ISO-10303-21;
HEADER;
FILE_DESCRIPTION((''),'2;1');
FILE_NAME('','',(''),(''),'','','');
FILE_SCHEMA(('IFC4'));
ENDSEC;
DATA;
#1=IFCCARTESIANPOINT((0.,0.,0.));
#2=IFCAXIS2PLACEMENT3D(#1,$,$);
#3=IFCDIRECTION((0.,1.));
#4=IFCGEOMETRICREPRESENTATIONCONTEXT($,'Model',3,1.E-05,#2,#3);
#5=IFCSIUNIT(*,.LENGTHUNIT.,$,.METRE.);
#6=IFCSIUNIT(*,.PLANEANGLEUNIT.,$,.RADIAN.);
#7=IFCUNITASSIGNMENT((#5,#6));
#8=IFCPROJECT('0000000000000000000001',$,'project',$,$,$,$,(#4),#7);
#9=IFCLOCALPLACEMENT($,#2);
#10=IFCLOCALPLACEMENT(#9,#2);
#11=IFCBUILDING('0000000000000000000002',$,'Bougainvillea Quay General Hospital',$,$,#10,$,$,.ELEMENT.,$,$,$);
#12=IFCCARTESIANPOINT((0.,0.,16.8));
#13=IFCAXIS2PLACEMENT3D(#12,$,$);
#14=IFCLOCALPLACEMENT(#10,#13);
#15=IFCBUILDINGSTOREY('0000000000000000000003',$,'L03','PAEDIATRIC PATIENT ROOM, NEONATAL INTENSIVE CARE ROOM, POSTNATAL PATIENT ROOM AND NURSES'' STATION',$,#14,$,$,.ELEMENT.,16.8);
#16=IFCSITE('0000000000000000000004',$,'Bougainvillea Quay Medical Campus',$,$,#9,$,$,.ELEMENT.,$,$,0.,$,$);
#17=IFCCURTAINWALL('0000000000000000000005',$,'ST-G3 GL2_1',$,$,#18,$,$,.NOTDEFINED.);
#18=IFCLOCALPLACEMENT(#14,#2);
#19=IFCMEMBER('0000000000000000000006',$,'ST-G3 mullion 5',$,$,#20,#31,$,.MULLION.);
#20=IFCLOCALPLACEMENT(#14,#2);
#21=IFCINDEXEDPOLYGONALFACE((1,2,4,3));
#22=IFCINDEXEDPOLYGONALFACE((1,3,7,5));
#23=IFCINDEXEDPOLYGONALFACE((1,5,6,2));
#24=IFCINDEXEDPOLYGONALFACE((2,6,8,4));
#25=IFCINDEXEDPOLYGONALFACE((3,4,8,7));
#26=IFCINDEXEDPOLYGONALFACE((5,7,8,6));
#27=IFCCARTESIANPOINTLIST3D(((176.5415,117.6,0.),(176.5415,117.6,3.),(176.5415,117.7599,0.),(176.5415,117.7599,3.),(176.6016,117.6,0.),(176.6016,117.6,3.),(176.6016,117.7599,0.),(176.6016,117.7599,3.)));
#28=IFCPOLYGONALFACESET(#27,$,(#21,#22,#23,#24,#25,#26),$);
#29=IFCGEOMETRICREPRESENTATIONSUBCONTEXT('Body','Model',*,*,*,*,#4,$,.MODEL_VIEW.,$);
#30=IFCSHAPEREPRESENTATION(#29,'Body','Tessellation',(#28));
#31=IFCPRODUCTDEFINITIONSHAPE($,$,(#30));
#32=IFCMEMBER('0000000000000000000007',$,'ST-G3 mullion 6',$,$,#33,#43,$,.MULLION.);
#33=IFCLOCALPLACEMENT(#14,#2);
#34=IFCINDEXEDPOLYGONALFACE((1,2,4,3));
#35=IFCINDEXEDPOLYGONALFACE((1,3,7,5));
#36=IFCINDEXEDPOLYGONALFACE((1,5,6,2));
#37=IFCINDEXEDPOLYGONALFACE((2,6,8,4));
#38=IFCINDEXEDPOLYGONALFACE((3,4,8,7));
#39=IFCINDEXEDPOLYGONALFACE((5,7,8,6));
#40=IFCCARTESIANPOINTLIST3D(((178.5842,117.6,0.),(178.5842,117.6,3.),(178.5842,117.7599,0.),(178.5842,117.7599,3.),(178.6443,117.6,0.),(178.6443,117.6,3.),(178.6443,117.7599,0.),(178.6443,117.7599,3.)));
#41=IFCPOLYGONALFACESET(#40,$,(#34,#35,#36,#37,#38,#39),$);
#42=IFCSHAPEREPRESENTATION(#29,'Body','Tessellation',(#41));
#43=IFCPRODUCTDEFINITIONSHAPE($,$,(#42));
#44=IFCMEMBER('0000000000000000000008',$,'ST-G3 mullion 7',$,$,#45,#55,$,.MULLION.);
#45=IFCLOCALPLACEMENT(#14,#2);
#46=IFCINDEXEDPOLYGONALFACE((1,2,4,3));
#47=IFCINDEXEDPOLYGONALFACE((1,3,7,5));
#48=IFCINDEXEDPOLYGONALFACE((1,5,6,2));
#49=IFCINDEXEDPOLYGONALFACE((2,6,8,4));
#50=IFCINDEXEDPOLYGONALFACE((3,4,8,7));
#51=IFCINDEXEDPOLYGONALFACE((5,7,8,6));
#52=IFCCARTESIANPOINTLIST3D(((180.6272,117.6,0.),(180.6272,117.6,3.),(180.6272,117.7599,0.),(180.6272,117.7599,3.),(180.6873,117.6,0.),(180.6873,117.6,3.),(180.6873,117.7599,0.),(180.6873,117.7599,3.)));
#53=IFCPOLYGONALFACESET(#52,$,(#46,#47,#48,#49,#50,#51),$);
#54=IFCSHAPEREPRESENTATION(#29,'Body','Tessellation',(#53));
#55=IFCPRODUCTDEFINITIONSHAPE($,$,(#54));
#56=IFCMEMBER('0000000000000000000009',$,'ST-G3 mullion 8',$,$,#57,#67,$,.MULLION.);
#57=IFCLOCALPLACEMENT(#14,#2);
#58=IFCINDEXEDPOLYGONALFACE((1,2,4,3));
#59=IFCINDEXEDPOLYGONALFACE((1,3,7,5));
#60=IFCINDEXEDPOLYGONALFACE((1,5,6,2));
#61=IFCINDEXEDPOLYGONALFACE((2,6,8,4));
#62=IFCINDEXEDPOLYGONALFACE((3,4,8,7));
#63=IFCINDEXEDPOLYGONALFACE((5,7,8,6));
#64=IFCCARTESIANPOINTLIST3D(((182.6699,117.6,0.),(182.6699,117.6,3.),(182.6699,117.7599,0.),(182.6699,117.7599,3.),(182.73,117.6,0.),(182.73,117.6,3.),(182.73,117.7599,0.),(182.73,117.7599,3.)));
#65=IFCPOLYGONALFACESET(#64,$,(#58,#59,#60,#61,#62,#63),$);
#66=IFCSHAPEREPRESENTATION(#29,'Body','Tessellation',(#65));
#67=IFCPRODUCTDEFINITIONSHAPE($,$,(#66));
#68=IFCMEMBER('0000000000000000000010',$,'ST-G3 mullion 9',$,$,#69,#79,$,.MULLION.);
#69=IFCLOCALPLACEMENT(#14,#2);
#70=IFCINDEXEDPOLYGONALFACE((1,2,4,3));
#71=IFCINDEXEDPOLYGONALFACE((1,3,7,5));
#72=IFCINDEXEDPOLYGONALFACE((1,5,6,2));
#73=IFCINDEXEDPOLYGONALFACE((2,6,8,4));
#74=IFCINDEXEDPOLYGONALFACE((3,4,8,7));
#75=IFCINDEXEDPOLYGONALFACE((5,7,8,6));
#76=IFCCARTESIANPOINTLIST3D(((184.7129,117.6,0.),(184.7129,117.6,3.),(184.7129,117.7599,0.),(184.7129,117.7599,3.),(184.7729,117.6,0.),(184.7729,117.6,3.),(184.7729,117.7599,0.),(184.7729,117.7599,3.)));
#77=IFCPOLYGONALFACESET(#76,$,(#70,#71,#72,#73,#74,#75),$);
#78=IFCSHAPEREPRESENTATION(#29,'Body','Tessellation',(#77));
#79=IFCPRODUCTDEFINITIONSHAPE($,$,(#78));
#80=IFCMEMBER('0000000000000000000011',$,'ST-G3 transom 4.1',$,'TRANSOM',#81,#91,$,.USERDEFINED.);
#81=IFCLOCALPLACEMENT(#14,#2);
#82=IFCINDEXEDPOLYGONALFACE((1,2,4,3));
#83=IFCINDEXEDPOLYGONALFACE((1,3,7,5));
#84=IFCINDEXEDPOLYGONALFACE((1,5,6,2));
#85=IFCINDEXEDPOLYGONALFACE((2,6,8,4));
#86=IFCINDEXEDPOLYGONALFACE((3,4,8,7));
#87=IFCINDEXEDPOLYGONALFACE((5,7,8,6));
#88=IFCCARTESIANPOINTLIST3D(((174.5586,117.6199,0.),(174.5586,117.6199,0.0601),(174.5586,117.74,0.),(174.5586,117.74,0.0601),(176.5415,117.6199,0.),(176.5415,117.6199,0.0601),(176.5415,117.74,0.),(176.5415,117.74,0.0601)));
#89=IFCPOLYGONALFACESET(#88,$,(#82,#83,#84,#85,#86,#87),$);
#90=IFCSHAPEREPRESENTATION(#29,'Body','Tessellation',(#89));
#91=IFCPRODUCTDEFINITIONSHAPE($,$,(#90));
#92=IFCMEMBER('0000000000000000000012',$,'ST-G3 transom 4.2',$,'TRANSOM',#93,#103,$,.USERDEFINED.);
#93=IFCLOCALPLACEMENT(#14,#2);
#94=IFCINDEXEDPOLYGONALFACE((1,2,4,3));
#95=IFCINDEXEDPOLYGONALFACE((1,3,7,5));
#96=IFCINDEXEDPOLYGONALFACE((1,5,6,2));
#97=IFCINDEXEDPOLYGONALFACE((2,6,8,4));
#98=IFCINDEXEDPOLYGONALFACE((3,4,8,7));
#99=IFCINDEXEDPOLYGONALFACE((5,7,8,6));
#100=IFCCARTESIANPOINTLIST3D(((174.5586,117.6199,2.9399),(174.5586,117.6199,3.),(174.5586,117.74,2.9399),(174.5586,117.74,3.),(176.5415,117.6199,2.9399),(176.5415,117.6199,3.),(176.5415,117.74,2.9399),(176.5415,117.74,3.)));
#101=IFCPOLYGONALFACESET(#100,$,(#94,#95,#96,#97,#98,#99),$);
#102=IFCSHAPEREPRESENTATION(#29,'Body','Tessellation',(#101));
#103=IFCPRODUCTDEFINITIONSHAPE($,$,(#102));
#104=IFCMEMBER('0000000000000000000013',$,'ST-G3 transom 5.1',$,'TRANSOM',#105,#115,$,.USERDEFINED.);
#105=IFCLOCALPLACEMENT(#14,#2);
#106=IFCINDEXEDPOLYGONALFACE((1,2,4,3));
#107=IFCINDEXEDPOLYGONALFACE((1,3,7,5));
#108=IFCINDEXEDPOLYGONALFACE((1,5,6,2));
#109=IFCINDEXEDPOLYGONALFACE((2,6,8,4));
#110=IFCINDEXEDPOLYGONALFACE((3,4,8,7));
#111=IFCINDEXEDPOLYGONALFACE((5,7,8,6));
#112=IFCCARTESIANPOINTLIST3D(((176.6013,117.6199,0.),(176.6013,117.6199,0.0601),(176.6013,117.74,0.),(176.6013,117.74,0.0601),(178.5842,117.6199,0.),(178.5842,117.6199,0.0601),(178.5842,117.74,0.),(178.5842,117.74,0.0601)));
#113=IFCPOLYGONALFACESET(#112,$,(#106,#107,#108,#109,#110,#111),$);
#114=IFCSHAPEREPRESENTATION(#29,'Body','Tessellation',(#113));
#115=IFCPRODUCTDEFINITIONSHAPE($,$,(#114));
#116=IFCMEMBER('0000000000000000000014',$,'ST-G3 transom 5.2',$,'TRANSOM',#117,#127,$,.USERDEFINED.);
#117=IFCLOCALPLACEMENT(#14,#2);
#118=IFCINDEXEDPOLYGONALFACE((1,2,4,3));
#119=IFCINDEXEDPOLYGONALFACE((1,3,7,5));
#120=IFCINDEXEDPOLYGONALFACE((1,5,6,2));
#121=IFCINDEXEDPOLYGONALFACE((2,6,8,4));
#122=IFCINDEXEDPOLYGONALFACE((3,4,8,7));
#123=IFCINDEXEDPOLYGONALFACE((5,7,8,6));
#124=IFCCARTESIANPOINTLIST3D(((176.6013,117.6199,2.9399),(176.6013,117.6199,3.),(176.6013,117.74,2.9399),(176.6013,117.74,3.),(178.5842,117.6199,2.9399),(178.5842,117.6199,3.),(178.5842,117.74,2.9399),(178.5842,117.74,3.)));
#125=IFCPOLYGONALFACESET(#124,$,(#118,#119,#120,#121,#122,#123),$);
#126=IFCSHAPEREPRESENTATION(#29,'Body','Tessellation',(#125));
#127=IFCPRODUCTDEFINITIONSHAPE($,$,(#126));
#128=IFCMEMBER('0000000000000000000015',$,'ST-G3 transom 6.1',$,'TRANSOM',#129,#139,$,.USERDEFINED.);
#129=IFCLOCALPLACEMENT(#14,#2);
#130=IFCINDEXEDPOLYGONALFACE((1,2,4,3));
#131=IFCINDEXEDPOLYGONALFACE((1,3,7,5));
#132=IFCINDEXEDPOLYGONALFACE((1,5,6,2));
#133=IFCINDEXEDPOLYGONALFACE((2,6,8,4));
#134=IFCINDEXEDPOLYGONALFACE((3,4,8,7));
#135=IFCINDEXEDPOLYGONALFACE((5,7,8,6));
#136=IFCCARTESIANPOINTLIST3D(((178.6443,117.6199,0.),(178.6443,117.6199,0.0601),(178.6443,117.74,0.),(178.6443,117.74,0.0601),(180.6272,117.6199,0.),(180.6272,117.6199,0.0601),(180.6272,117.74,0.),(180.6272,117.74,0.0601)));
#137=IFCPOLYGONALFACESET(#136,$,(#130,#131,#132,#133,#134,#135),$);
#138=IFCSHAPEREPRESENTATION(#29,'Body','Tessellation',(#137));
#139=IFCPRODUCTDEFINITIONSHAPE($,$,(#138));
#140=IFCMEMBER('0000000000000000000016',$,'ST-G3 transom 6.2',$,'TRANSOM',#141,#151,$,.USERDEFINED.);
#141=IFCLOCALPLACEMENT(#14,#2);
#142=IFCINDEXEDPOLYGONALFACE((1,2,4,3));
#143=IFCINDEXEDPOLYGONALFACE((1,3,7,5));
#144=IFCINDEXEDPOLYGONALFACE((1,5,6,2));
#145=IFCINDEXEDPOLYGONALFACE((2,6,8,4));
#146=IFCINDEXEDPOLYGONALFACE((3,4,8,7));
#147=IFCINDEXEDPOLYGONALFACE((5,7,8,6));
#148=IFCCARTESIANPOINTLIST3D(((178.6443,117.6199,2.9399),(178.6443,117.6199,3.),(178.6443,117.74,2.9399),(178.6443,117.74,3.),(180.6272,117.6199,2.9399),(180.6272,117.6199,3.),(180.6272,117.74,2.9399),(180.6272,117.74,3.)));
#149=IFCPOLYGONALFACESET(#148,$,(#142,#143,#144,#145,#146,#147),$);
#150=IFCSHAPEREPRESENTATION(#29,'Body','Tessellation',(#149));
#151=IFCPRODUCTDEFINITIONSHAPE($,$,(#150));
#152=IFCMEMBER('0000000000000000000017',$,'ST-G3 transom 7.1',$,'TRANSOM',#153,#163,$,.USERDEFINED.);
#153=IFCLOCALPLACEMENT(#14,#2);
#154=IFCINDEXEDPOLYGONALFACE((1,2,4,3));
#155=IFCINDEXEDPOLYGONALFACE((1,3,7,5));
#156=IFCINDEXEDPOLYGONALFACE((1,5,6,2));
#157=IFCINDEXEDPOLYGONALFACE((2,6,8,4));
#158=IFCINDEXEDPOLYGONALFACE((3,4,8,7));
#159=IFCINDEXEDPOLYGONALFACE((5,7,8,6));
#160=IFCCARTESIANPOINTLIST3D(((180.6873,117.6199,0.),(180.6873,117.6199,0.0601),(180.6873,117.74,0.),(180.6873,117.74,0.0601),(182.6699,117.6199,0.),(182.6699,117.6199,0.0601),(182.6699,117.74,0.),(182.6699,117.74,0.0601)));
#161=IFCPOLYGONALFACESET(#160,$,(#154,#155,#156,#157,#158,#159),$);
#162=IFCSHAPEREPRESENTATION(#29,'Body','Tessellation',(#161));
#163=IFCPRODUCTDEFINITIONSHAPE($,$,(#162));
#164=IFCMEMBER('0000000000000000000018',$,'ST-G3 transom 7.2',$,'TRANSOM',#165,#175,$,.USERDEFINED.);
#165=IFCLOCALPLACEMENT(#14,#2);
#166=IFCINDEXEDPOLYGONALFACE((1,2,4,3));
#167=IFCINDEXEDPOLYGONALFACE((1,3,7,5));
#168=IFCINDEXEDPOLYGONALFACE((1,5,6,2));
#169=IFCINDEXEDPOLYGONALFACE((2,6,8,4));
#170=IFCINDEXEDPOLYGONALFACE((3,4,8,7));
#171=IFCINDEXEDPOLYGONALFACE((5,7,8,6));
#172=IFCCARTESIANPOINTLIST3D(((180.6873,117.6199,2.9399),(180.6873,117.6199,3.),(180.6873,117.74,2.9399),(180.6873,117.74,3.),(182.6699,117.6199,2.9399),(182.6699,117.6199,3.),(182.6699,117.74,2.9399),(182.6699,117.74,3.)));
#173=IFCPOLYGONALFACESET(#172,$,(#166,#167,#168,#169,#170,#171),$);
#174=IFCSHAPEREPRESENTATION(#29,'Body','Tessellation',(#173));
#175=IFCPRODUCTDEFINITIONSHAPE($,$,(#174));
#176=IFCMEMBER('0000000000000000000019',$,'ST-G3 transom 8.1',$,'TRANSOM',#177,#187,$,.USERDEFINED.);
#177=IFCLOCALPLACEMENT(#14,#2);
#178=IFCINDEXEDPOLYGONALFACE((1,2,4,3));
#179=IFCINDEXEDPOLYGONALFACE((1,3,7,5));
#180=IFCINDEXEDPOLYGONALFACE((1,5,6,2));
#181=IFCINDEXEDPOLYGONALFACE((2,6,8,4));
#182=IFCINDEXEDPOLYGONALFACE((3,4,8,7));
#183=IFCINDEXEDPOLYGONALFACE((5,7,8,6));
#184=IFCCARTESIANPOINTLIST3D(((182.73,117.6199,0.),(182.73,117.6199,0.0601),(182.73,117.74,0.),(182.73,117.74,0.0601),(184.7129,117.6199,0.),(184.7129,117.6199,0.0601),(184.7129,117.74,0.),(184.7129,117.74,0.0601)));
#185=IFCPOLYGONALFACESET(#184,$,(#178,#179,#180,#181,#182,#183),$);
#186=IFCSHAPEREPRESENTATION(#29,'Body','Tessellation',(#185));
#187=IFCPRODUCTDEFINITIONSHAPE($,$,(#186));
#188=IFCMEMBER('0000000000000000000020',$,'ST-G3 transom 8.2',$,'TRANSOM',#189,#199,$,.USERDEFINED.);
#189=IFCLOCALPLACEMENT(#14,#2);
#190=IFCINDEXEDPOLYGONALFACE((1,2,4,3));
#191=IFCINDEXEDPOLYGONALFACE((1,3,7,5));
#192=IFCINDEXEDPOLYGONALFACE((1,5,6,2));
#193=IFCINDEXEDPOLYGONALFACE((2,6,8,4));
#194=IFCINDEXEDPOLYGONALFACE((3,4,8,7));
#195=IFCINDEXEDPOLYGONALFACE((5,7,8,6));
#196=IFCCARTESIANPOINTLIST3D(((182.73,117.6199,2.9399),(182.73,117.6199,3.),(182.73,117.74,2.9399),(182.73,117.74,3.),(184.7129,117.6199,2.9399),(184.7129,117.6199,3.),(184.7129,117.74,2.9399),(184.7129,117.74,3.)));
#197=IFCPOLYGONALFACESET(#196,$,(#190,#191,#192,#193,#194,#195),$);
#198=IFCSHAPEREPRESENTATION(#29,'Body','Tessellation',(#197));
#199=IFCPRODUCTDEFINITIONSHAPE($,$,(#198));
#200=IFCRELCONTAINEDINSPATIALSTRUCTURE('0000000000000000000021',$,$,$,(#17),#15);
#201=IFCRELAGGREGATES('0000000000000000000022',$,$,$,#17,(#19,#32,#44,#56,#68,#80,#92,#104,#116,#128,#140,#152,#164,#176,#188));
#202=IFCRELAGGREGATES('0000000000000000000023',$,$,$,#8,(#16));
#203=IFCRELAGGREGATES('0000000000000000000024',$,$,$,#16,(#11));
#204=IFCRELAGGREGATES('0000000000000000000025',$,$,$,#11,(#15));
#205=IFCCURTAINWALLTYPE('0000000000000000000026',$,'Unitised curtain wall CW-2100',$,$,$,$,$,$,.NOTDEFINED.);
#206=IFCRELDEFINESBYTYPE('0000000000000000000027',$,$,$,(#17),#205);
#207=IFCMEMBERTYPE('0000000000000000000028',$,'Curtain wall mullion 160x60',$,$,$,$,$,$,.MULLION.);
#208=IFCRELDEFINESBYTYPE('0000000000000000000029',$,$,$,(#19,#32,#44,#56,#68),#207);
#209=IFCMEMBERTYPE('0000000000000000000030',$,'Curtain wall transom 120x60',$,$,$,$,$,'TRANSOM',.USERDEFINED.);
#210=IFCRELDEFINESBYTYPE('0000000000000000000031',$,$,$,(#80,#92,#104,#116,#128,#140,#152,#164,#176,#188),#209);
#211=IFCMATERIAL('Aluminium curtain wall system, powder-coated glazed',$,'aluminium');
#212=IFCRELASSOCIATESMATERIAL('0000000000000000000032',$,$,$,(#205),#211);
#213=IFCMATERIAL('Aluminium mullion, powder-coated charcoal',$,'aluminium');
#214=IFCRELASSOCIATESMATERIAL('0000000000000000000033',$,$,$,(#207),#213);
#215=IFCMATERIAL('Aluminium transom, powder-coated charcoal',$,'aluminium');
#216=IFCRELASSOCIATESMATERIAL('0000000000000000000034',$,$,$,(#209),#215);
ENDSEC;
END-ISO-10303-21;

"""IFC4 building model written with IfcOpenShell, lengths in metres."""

from ifc_helpers import new_model, si_unit, direction, frame, origin, origin_2d, place, context, subcontext, project, spatial, rectangle, extrude, material, material_profile, profile_set, type_object, element, aggregate, save


model = new_model("IFC4")

# Units and contexts
model_context = context("Model", 3, precision=1e-05, world=origin(), true_north=direction((0.0, 1.0)))
body_context = subcontext(model_context, "Body", "Model", "MODEL_VIEW")
ifc_project = project(units=[si_unit("LENGTHUNIT", "METRE"), si_unit("PLANEANGLEUNIT", "RADIAN")], contexts=[model_context])

# Site, building, storey
site_placement = place(None, origin())
site = spatial("IfcSite", under=ifc_project, at=site_placement, Name="Bougainvillea Quay Medical Campus", CompositionType="ELEMENT", RefElevation=0.0)
building_placement = place(site_placement, origin())
building = spatial("IfcBuilding", under=site, at=building_placement, Name="Bougainvillea Quay General Hospital", CompositionType="ELEMENT")
storey_placement = place(building_placement, frame((0.0, 0.0, 16.8)))
storey = spatial("IfcBuildingStorey", under=building, at=storey_placement, Name="L03", Description="PAEDIATRIC PATIENT ROOM, NEONATAL INTENSIVE CARE ROOM, POSTNATAL PATIENT ROOM AND NURSES' STATION", CompositionType="ELEMENT", Elevation=16.8)

# Curtain wall, members
ifc_material_1 = material(Name="Aluminium curtain wall system, powder-coated glazed", Category="aluminium")
curtain_wall_type = type_object("IfcCurtainWallType", Name="Unitised curtain wall CW-2100", PredefinedType="NOTDEFINED", material=ifc_material_1)
curtain_wall_placement = place(storey_placement, origin())
curtain_wall = element("IfcCurtainWall", 1, at=curtain_wall_placement, inside=storey, type_object=curtain_wall_type, Name="ST-G3 GL2_1", PredefinedType="NOTDEFINED")
ifc_material_2 = material(Name="Aluminium mullion, powder-coated charcoal", Category="aluminium")
ifc_material_profile_1 = material_profile(ifc_material_2, rectangle(XDim=0.1599, YDim=0.0601, at=origin_2d()))
ifc_profile_set_1 = profile_set([ifc_material_profile_1], Name="Aluminium mullion, powder-coated charcoal")
member_type_1 = type_object("IfcMemberType", Name="Curtain wall mullion 160x60", PredefinedType="MULLION", material=ifc_profile_set_1)
member_1_placement = place(storey_placement, frame((176.5715, 117.6799, 0.0), z_axis=(0.0, 0.0, 1.0), x_axis=(0.0, 1.0, 0.0)))
member_1 = element("IfcMember", 2, at=member_1_placement, type_object=member_type_1, Name="ST-G3 mullion 5", PredefinedType="MULLION", context=body_context, shape_type="SweptSolid", body=[
    extrude(rectangle(XDim=0.1599, YDim=0.0601, at=origin_2d()), origin(), (0.0, 0.0, 1.0), 3.0),
])
member_2_placement = place(storey_placement, frame((178.6143, 117.6799, 0.0), z_axis=(0.0, 0.0, 1.0), x_axis=(0.0, 1.0, 0.0)))
member_2 = element("IfcMember", 3, at=member_2_placement, type_object=member_type_1, Name="ST-G3 mullion 6", PredefinedType="MULLION", context=body_context, shape_type="SweptSolid", body=[
    extrude(rectangle(XDim=0.1599, YDim=0.0601, at=origin_2d()), origin(), (0.0, 0.0, 1.0), 3.0),
])
member_3_placement = place(storey_placement, frame((180.6572, 117.6799, 0.0), z_axis=(0.0, 0.0, 1.0), x_axis=(0.0, 1.0, 0.0)))
member_3 = element("IfcMember", 4, at=member_3_placement, type_object=member_type_1, Name="ST-G3 mullion 7", PredefinedType="MULLION", context=body_context, shape_type="SweptSolid", body=[
    extrude(rectangle(XDim=0.1599, YDim=0.0601, at=origin_2d()), origin(), (0.0, 0.0, 1.0), 3.0),
])
member_4_placement = place(storey_placement, frame((182.7, 117.6799, 0.0), z_axis=(0.0, 0.0, 1.0), x_axis=(0.0, 1.0, 0.0)))
member_4 = element("IfcMember", 5, at=member_4_placement, type_object=member_type_1, Name="ST-G3 mullion 8", PredefinedType="MULLION", context=body_context, shape_type="SweptSolid", body=[
    extrude(rectangle(XDim=0.1599, YDim=0.0601, at=origin_2d()), origin(), (0.0, 0.0, 1.0), 3.0),
])
member_5_placement = place(storey_placement, frame((184.7429, 117.6799, 0.0), z_axis=(0.0, 0.0, 1.0), x_axis=(0.0, 1.0, 0.0)))
member_5 = element("IfcMember", 6, at=member_5_placement, type_object=member_type_1, Name="ST-G3 mullion 9", PredefinedType="MULLION", context=body_context, shape_type="SweptSolid", body=[
    extrude(rectangle(XDim=0.1599, YDim=0.0601, at=origin_2d()), origin(), (0.0, 0.0, 1.0), 3.0),
])
ifc_material_3 = material(Name="Aluminium transom, powder-coated charcoal", Category="aluminium")
ifc_material_profile_2 = material_profile(ifc_material_3, rectangle(XDim=0.1201, YDim=0.0601, at=origin_2d()))
ifc_profile_set_2 = profile_set([ifc_material_profile_2], Name="Aluminium transom, powder-coated charcoal")
member_type_2 = type_object("IfcMemberType", Name="Curtain wall transom 120x60", ElementType="TRANSOM", PredefinedType="USERDEFINED", material=ifc_profile_set_2)
member_6_placement = place(storey_placement, frame((174.5586, 117.6799, 0.03), z_axis=(1.0, 0.0, 0.0), x_axis=(0.0, 1.0, 0.0)))
member_6 = element("IfcMember", 7, at=member_6_placement, type_object=member_type_2, Name="ST-G3 transom 4.1", ObjectType="TRANSOM", PredefinedType="USERDEFINED", context=body_context, shape_type="SweptSolid", body=[
    extrude(rectangle(XDim=0.1201, YDim=0.0601, at=origin_2d()), origin(), (0.0, 0.0, 1.0), 1.9829),
])
member_7_placement = place(storey_placement, frame((174.5586, 117.6799, 2.97), z_axis=(1.0, 0.0, 0.0), x_axis=(0.0, 1.0, 0.0)))
member_7 = element("IfcMember", 8, at=member_7_placement, type_object=member_type_2, Name="ST-G3 transom 4.2", ObjectType="TRANSOM", PredefinedType="USERDEFINED", context=body_context, shape_type="SweptSolid", body=[
    extrude(rectangle(XDim=0.1201, YDim=0.0601, at=origin_2d()), origin(), (0.0, 0.0, 1.0), 1.9829),
])
member_8_placement = place(storey_placement, frame((176.6013, 117.6799, 0.03), z_axis=(1.0, 0.0, 0.0), x_axis=(0.0, 1.0, 0.0)))
member_8 = element("IfcMember", 9, at=member_8_placement, type_object=member_type_2, Name="ST-G3 transom 5.1", ObjectType="TRANSOM", PredefinedType="USERDEFINED", context=body_context, shape_type="SweptSolid", body=[
    extrude(rectangle(XDim=0.1201, YDim=0.0601, at=origin_2d()), origin(), (0.0, 0.0, 1.0), 1.9829),
])
member_9_placement = place(storey_placement, frame((176.6013, 117.6799, 2.97), z_axis=(1.0, 0.0, 0.0), x_axis=(0.0, 1.0, 0.0)))
member_9 = element("IfcMember", 10, at=member_9_placement, type_object=member_type_2, Name="ST-G3 transom 5.2", ObjectType="TRANSOM", PredefinedType="USERDEFINED", context=body_context, shape_type="SweptSolid", body=[
    extrude(rectangle(XDim=0.1201, YDim=0.0601, at=origin_2d()), origin(), (0.0, 0.0, 1.0), 1.9829),
])
member_10_placement = place(storey_placement, frame((178.6443, 117.6799, 0.03), z_axis=(1.0, 0.0, 0.0), x_axis=(0.0, 1.0, 0.0)))
member_10 = element("IfcMember", 11, at=member_10_placement, type_object=member_type_2, Name="ST-G3 transom 6.1", ObjectType="TRANSOM", PredefinedType="USERDEFINED", context=body_context, shape_type="SweptSolid", body=[
    extrude(rectangle(XDim=0.1201, YDim=0.0601, at=origin_2d()), origin(), (0.0, 0.0, 1.0), 1.9829),
])
member_11_placement = place(storey_placement, frame((178.6443, 117.6799, 2.97), z_axis=(1.0, 0.0, 0.0), x_axis=(0.0, 1.0, 0.0)))
member_11 = element("IfcMember", 12, at=member_11_placement, type_object=member_type_2, Name="ST-G3 transom 6.2", ObjectType="TRANSOM", PredefinedType="USERDEFINED", context=body_context, shape_type="SweptSolid", body=[
    extrude(rectangle(XDim=0.1201, YDim=0.0601, at=origin_2d()), origin(), (0.0, 0.0, 1.0), 1.9829),
])
member_12_placement = place(storey_placement, frame((180.6873, 117.6799, 0.03), z_axis=(1.0, 0.0, 0.0), x_axis=(0.0, 1.0, 0.0)))
member_12 = element("IfcMember", 13, at=member_12_placement, type_object=member_type_2, Name="ST-G3 transom 7.1", ObjectType="TRANSOM", PredefinedType="USERDEFINED", context=body_context, shape_type="SweptSolid", body=[
    extrude(rectangle(XDim=0.1201, YDim=0.0601, at=origin_2d()), origin(), (0.0, 0.0, 1.0), 1.9827),
])
member_13_placement = place(storey_placement, frame((180.6873, 117.6799, 2.97), z_axis=(1.0, 0.0, 0.0), x_axis=(0.0, 1.0, 0.0)))
member_13 = element("IfcMember", 14, at=member_13_placement, type_object=member_type_2, Name="ST-G3 transom 7.2", ObjectType="TRANSOM", PredefinedType="USERDEFINED", context=body_context, shape_type="SweptSolid", body=[
    extrude(rectangle(XDim=0.1201, YDim=0.0601, at=origin_2d()), origin(), (0.0, 0.0, 1.0), 1.9827),
])
member_14_placement = place(storey_placement, frame((182.73, 117.6799, 0.03), z_axis=(1.0, 0.0, 0.0), x_axis=(0.0, 1.0, 0.0)))
member_14 = element("IfcMember", 15, at=member_14_placement, type_object=member_type_2, Name="ST-G3 transom 8.1", ObjectType="TRANSOM", PredefinedType="USERDEFINED", context=body_context, shape_type="SweptSolid", body=[
    extrude(rectangle(XDim=0.1201, YDim=0.0601, at=origin_2d()), origin(), (0.0, 0.0, 1.0), 1.9829),
])
member_15_placement = place(storey_placement, frame((182.73, 117.6799, 2.97), z_axis=(1.0, 0.0, 0.0), x_axis=(0.0, 1.0, 0.0)))
member_15 = element("IfcMember", 16, at=member_15_placement, type_object=member_type_2, Name="ST-G3 transom 8.2", ObjectType="TRANSOM", PredefinedType="USERDEFINED", context=body_context, shape_type="SweptSolid", body=[
    extrude(rectangle(XDim=0.1201, YDim=0.0601, at=origin_2d()), origin(), (0.0, 0.0, 1.0), 1.9829),
])
aggregate(curtain_wall, [member_1, member_2, member_3, member_4, member_5, member_6, member_7, member_8, member_9, member_10, member_11, member_12, member_13, member_14, member_15])

save(model, "model.ifc")
